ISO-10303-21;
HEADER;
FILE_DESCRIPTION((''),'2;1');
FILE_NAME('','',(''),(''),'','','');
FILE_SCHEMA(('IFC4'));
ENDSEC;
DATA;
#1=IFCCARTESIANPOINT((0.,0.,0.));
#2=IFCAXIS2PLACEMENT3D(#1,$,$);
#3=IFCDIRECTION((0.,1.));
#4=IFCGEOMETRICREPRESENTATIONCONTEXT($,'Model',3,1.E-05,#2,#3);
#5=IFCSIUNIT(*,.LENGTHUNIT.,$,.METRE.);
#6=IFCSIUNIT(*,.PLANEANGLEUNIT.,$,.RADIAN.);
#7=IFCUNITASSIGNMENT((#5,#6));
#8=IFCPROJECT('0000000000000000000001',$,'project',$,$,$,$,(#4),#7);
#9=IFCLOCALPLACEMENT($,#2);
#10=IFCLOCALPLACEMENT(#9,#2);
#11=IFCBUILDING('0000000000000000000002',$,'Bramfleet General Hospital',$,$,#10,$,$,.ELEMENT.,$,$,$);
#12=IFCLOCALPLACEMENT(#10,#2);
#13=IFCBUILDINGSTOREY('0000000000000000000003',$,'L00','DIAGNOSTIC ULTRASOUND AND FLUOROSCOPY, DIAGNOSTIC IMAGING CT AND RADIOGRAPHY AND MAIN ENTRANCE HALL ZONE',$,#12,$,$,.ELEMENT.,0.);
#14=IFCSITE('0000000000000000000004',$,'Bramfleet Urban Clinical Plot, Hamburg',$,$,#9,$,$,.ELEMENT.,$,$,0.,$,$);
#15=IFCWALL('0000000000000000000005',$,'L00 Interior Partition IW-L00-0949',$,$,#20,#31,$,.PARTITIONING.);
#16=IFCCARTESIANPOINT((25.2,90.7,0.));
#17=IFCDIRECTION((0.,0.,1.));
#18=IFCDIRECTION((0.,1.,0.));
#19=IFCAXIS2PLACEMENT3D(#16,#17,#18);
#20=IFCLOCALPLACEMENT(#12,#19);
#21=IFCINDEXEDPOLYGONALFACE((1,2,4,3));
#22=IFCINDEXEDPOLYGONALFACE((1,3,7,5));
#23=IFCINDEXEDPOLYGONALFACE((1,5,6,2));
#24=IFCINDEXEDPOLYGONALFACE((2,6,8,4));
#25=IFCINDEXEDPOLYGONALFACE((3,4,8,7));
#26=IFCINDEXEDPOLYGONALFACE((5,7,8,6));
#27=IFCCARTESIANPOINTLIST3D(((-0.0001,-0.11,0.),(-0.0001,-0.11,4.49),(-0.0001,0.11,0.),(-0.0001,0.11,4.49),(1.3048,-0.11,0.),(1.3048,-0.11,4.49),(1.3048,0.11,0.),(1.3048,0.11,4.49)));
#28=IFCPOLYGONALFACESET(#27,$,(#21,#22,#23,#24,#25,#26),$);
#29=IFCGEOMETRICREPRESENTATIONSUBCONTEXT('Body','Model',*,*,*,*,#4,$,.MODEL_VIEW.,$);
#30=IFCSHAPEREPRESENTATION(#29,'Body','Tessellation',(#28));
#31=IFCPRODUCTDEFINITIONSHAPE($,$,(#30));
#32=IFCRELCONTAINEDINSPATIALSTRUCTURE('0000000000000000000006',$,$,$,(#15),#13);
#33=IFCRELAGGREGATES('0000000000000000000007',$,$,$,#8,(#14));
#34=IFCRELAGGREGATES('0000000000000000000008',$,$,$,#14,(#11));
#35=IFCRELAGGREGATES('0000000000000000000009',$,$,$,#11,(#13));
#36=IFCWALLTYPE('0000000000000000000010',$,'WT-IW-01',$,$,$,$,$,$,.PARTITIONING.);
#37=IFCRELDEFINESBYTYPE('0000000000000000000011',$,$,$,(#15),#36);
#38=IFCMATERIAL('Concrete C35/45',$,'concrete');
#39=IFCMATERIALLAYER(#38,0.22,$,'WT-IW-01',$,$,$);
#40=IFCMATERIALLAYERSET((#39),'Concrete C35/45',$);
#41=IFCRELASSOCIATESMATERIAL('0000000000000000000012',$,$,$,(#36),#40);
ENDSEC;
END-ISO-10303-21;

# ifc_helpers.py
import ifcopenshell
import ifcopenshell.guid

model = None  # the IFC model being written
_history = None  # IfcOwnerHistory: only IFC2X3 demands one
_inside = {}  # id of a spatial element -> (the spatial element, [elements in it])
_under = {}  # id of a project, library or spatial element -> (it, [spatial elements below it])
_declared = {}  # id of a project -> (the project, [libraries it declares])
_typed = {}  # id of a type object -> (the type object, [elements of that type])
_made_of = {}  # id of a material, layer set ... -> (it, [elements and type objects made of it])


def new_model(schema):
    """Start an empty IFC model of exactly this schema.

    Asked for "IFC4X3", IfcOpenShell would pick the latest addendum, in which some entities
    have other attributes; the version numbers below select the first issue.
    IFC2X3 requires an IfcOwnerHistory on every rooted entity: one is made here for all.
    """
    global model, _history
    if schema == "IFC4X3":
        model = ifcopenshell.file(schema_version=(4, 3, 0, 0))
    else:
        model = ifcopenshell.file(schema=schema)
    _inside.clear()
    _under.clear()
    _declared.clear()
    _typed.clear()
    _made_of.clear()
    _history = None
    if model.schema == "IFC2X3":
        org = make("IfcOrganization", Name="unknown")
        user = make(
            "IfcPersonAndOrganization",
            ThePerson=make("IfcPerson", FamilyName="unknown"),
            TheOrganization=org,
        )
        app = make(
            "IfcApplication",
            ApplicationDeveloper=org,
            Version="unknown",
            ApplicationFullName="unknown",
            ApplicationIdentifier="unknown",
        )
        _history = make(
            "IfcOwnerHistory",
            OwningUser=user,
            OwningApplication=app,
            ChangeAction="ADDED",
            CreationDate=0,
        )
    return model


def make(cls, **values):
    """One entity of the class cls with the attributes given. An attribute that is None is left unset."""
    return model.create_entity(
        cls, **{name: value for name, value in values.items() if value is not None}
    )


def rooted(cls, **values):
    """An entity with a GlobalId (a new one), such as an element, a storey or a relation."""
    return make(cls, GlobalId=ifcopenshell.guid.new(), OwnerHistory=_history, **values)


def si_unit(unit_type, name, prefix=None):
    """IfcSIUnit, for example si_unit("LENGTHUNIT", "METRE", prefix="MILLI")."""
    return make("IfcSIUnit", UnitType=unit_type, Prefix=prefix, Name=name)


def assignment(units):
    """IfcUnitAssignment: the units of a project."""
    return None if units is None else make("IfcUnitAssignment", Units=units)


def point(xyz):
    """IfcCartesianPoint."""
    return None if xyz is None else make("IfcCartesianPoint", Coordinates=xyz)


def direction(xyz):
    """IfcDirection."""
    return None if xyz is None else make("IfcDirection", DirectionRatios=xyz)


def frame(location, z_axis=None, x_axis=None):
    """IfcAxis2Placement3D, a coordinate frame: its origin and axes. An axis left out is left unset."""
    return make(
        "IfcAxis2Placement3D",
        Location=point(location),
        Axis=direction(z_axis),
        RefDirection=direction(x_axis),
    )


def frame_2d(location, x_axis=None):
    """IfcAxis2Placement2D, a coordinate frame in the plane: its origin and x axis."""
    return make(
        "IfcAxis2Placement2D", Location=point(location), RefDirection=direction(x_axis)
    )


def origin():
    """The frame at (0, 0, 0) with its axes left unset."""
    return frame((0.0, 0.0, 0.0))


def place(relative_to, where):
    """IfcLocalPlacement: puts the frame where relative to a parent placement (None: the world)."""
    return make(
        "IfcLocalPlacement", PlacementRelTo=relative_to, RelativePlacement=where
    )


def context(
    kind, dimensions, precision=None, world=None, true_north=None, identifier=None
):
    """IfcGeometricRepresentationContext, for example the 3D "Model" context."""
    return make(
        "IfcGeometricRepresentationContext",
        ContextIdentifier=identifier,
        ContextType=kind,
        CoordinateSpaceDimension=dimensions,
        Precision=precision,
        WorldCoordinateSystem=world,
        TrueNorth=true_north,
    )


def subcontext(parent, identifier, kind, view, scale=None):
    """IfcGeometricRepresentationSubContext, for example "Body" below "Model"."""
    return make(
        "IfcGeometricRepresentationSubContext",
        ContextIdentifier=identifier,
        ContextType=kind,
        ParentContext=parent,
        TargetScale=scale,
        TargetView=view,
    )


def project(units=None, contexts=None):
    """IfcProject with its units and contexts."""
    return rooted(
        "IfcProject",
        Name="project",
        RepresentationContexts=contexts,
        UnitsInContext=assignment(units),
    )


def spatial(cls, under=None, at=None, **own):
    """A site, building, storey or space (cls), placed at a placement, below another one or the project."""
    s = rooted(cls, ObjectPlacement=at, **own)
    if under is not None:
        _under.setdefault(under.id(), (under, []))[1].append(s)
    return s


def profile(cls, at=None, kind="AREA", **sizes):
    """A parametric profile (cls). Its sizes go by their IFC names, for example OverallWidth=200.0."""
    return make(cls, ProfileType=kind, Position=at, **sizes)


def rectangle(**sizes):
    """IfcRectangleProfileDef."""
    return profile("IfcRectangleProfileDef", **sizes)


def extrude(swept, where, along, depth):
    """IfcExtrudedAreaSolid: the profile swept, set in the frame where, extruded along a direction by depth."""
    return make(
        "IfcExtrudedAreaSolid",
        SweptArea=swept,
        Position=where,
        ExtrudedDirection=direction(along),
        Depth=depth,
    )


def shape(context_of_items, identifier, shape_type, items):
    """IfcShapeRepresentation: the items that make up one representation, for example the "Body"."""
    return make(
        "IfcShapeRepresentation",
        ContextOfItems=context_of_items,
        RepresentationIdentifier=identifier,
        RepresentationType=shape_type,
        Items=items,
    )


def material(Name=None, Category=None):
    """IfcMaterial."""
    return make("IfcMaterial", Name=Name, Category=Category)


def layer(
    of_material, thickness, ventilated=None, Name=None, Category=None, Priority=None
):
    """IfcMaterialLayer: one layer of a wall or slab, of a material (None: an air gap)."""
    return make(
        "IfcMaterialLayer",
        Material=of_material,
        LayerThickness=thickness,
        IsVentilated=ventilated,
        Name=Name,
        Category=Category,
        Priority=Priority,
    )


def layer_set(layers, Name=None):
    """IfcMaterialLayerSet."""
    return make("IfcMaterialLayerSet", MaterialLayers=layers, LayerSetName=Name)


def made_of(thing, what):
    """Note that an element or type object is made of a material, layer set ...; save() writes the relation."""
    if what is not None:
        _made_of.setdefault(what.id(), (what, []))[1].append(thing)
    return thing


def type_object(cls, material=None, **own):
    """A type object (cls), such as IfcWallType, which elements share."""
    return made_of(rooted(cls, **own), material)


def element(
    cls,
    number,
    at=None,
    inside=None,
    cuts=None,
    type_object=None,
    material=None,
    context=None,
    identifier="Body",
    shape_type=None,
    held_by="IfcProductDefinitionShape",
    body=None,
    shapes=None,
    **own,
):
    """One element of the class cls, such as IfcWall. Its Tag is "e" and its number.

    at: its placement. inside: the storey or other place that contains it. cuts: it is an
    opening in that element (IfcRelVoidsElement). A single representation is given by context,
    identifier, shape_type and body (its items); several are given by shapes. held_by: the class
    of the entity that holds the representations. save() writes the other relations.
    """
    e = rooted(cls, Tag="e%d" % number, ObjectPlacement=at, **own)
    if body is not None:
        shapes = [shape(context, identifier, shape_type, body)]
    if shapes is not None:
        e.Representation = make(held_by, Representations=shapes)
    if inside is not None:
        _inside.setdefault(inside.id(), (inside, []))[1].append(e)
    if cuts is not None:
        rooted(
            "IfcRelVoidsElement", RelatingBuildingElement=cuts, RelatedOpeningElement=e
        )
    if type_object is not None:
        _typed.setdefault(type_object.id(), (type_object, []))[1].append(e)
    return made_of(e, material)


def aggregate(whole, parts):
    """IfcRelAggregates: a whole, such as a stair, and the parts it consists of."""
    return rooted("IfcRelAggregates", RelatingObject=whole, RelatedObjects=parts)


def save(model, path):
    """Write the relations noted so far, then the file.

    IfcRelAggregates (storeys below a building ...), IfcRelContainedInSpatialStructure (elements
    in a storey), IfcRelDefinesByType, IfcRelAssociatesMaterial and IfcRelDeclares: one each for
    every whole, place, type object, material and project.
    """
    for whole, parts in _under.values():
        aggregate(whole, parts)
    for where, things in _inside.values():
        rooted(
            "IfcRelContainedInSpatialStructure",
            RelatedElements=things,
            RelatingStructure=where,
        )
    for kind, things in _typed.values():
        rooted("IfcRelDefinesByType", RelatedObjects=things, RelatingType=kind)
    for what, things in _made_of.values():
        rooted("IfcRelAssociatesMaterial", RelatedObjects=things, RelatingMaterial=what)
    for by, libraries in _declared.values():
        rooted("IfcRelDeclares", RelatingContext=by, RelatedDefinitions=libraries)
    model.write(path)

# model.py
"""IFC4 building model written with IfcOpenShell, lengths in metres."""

from ifc_helpers import new_model, si_unit, direction, frame, frame_2d, origin, place, context, subcontext, project, spatial, rectangle, extrude, material, layer, layer_set, type_object, element, save


model = new_model("IFC4")

# Units and contexts
model_context = context("Model", 3, precision=1e-05, world=origin(), true_north=direction((0.0, 1.0)))
body_context = subcontext(model_context, "Body", "Model", "MODEL_VIEW")
ifc_project = project(units=[si_unit("LENGTHUNIT", "METRE"), si_unit("PLANEANGLEUNIT", "RADIAN")], contexts=[model_context])

# Site, building, storey
site_placement = place(None, origin())
site = spatial("IfcSite", under=ifc_project, at=site_placement, Name="Bramfleet Urban Clinical Plot, Hamburg", CompositionType="ELEMENT", RefElevation=0.0)
building_placement = place(site_placement, origin())
building = spatial("IfcBuilding", under=site, at=building_placement, Name="Bramfleet General Hospital", CompositionType="ELEMENT")
storey_placement = place(building_placement, origin())
storey = spatial("IfcBuildingStorey", under=building, at=storey_placement, Name="L00", Description="DIAGNOSTIC ULTRASOUND AND FLUOROSCOPY, DIAGNOSTIC IMAGING CT AND RADIOGRAPHY AND MAIN ENTRANCE HALL ZONE", CompositionType="ELEMENT", Elevation=0.0)

# Shared definitions
ifc_material_1 = material(Name="Concrete C35/45", Category="concrete")

# Wall
ifc_layer_1 = layer(ifc_material_1, 0.22, Name="WT-IW-01")
ifc_layer_set_1 = layer_set([ifc_layer_1], Name="Concrete C35/45")
wall_type_1 = type_object("IfcWallType", Name="WT-IW-01", PredefinedType="PARTITIONING", material=ifc_layer_set_1)
wall_1_placement = place(storey_placement, frame((25.2, 90.7, 0.0), z_axis=(0.0, 0.0, 1.0), x_axis=(0.0, 1.0, 0.0)))
element("IfcWall", 1, at=wall_1_placement, inside=storey, type_object=wall_type_1, Name="L00 Interior Partition IW-L00-0949", PredefinedType="PARTITIONING", context=body_context, shape_type="SweptSolid", body=[
    extrude(rectangle(XDim=1.3049, YDim=0.22, at=frame_2d((0.6523, 0.0))), origin(), (0.0, 0.0, 1.0), 4.49),
])

save(model, "model.ifc")
